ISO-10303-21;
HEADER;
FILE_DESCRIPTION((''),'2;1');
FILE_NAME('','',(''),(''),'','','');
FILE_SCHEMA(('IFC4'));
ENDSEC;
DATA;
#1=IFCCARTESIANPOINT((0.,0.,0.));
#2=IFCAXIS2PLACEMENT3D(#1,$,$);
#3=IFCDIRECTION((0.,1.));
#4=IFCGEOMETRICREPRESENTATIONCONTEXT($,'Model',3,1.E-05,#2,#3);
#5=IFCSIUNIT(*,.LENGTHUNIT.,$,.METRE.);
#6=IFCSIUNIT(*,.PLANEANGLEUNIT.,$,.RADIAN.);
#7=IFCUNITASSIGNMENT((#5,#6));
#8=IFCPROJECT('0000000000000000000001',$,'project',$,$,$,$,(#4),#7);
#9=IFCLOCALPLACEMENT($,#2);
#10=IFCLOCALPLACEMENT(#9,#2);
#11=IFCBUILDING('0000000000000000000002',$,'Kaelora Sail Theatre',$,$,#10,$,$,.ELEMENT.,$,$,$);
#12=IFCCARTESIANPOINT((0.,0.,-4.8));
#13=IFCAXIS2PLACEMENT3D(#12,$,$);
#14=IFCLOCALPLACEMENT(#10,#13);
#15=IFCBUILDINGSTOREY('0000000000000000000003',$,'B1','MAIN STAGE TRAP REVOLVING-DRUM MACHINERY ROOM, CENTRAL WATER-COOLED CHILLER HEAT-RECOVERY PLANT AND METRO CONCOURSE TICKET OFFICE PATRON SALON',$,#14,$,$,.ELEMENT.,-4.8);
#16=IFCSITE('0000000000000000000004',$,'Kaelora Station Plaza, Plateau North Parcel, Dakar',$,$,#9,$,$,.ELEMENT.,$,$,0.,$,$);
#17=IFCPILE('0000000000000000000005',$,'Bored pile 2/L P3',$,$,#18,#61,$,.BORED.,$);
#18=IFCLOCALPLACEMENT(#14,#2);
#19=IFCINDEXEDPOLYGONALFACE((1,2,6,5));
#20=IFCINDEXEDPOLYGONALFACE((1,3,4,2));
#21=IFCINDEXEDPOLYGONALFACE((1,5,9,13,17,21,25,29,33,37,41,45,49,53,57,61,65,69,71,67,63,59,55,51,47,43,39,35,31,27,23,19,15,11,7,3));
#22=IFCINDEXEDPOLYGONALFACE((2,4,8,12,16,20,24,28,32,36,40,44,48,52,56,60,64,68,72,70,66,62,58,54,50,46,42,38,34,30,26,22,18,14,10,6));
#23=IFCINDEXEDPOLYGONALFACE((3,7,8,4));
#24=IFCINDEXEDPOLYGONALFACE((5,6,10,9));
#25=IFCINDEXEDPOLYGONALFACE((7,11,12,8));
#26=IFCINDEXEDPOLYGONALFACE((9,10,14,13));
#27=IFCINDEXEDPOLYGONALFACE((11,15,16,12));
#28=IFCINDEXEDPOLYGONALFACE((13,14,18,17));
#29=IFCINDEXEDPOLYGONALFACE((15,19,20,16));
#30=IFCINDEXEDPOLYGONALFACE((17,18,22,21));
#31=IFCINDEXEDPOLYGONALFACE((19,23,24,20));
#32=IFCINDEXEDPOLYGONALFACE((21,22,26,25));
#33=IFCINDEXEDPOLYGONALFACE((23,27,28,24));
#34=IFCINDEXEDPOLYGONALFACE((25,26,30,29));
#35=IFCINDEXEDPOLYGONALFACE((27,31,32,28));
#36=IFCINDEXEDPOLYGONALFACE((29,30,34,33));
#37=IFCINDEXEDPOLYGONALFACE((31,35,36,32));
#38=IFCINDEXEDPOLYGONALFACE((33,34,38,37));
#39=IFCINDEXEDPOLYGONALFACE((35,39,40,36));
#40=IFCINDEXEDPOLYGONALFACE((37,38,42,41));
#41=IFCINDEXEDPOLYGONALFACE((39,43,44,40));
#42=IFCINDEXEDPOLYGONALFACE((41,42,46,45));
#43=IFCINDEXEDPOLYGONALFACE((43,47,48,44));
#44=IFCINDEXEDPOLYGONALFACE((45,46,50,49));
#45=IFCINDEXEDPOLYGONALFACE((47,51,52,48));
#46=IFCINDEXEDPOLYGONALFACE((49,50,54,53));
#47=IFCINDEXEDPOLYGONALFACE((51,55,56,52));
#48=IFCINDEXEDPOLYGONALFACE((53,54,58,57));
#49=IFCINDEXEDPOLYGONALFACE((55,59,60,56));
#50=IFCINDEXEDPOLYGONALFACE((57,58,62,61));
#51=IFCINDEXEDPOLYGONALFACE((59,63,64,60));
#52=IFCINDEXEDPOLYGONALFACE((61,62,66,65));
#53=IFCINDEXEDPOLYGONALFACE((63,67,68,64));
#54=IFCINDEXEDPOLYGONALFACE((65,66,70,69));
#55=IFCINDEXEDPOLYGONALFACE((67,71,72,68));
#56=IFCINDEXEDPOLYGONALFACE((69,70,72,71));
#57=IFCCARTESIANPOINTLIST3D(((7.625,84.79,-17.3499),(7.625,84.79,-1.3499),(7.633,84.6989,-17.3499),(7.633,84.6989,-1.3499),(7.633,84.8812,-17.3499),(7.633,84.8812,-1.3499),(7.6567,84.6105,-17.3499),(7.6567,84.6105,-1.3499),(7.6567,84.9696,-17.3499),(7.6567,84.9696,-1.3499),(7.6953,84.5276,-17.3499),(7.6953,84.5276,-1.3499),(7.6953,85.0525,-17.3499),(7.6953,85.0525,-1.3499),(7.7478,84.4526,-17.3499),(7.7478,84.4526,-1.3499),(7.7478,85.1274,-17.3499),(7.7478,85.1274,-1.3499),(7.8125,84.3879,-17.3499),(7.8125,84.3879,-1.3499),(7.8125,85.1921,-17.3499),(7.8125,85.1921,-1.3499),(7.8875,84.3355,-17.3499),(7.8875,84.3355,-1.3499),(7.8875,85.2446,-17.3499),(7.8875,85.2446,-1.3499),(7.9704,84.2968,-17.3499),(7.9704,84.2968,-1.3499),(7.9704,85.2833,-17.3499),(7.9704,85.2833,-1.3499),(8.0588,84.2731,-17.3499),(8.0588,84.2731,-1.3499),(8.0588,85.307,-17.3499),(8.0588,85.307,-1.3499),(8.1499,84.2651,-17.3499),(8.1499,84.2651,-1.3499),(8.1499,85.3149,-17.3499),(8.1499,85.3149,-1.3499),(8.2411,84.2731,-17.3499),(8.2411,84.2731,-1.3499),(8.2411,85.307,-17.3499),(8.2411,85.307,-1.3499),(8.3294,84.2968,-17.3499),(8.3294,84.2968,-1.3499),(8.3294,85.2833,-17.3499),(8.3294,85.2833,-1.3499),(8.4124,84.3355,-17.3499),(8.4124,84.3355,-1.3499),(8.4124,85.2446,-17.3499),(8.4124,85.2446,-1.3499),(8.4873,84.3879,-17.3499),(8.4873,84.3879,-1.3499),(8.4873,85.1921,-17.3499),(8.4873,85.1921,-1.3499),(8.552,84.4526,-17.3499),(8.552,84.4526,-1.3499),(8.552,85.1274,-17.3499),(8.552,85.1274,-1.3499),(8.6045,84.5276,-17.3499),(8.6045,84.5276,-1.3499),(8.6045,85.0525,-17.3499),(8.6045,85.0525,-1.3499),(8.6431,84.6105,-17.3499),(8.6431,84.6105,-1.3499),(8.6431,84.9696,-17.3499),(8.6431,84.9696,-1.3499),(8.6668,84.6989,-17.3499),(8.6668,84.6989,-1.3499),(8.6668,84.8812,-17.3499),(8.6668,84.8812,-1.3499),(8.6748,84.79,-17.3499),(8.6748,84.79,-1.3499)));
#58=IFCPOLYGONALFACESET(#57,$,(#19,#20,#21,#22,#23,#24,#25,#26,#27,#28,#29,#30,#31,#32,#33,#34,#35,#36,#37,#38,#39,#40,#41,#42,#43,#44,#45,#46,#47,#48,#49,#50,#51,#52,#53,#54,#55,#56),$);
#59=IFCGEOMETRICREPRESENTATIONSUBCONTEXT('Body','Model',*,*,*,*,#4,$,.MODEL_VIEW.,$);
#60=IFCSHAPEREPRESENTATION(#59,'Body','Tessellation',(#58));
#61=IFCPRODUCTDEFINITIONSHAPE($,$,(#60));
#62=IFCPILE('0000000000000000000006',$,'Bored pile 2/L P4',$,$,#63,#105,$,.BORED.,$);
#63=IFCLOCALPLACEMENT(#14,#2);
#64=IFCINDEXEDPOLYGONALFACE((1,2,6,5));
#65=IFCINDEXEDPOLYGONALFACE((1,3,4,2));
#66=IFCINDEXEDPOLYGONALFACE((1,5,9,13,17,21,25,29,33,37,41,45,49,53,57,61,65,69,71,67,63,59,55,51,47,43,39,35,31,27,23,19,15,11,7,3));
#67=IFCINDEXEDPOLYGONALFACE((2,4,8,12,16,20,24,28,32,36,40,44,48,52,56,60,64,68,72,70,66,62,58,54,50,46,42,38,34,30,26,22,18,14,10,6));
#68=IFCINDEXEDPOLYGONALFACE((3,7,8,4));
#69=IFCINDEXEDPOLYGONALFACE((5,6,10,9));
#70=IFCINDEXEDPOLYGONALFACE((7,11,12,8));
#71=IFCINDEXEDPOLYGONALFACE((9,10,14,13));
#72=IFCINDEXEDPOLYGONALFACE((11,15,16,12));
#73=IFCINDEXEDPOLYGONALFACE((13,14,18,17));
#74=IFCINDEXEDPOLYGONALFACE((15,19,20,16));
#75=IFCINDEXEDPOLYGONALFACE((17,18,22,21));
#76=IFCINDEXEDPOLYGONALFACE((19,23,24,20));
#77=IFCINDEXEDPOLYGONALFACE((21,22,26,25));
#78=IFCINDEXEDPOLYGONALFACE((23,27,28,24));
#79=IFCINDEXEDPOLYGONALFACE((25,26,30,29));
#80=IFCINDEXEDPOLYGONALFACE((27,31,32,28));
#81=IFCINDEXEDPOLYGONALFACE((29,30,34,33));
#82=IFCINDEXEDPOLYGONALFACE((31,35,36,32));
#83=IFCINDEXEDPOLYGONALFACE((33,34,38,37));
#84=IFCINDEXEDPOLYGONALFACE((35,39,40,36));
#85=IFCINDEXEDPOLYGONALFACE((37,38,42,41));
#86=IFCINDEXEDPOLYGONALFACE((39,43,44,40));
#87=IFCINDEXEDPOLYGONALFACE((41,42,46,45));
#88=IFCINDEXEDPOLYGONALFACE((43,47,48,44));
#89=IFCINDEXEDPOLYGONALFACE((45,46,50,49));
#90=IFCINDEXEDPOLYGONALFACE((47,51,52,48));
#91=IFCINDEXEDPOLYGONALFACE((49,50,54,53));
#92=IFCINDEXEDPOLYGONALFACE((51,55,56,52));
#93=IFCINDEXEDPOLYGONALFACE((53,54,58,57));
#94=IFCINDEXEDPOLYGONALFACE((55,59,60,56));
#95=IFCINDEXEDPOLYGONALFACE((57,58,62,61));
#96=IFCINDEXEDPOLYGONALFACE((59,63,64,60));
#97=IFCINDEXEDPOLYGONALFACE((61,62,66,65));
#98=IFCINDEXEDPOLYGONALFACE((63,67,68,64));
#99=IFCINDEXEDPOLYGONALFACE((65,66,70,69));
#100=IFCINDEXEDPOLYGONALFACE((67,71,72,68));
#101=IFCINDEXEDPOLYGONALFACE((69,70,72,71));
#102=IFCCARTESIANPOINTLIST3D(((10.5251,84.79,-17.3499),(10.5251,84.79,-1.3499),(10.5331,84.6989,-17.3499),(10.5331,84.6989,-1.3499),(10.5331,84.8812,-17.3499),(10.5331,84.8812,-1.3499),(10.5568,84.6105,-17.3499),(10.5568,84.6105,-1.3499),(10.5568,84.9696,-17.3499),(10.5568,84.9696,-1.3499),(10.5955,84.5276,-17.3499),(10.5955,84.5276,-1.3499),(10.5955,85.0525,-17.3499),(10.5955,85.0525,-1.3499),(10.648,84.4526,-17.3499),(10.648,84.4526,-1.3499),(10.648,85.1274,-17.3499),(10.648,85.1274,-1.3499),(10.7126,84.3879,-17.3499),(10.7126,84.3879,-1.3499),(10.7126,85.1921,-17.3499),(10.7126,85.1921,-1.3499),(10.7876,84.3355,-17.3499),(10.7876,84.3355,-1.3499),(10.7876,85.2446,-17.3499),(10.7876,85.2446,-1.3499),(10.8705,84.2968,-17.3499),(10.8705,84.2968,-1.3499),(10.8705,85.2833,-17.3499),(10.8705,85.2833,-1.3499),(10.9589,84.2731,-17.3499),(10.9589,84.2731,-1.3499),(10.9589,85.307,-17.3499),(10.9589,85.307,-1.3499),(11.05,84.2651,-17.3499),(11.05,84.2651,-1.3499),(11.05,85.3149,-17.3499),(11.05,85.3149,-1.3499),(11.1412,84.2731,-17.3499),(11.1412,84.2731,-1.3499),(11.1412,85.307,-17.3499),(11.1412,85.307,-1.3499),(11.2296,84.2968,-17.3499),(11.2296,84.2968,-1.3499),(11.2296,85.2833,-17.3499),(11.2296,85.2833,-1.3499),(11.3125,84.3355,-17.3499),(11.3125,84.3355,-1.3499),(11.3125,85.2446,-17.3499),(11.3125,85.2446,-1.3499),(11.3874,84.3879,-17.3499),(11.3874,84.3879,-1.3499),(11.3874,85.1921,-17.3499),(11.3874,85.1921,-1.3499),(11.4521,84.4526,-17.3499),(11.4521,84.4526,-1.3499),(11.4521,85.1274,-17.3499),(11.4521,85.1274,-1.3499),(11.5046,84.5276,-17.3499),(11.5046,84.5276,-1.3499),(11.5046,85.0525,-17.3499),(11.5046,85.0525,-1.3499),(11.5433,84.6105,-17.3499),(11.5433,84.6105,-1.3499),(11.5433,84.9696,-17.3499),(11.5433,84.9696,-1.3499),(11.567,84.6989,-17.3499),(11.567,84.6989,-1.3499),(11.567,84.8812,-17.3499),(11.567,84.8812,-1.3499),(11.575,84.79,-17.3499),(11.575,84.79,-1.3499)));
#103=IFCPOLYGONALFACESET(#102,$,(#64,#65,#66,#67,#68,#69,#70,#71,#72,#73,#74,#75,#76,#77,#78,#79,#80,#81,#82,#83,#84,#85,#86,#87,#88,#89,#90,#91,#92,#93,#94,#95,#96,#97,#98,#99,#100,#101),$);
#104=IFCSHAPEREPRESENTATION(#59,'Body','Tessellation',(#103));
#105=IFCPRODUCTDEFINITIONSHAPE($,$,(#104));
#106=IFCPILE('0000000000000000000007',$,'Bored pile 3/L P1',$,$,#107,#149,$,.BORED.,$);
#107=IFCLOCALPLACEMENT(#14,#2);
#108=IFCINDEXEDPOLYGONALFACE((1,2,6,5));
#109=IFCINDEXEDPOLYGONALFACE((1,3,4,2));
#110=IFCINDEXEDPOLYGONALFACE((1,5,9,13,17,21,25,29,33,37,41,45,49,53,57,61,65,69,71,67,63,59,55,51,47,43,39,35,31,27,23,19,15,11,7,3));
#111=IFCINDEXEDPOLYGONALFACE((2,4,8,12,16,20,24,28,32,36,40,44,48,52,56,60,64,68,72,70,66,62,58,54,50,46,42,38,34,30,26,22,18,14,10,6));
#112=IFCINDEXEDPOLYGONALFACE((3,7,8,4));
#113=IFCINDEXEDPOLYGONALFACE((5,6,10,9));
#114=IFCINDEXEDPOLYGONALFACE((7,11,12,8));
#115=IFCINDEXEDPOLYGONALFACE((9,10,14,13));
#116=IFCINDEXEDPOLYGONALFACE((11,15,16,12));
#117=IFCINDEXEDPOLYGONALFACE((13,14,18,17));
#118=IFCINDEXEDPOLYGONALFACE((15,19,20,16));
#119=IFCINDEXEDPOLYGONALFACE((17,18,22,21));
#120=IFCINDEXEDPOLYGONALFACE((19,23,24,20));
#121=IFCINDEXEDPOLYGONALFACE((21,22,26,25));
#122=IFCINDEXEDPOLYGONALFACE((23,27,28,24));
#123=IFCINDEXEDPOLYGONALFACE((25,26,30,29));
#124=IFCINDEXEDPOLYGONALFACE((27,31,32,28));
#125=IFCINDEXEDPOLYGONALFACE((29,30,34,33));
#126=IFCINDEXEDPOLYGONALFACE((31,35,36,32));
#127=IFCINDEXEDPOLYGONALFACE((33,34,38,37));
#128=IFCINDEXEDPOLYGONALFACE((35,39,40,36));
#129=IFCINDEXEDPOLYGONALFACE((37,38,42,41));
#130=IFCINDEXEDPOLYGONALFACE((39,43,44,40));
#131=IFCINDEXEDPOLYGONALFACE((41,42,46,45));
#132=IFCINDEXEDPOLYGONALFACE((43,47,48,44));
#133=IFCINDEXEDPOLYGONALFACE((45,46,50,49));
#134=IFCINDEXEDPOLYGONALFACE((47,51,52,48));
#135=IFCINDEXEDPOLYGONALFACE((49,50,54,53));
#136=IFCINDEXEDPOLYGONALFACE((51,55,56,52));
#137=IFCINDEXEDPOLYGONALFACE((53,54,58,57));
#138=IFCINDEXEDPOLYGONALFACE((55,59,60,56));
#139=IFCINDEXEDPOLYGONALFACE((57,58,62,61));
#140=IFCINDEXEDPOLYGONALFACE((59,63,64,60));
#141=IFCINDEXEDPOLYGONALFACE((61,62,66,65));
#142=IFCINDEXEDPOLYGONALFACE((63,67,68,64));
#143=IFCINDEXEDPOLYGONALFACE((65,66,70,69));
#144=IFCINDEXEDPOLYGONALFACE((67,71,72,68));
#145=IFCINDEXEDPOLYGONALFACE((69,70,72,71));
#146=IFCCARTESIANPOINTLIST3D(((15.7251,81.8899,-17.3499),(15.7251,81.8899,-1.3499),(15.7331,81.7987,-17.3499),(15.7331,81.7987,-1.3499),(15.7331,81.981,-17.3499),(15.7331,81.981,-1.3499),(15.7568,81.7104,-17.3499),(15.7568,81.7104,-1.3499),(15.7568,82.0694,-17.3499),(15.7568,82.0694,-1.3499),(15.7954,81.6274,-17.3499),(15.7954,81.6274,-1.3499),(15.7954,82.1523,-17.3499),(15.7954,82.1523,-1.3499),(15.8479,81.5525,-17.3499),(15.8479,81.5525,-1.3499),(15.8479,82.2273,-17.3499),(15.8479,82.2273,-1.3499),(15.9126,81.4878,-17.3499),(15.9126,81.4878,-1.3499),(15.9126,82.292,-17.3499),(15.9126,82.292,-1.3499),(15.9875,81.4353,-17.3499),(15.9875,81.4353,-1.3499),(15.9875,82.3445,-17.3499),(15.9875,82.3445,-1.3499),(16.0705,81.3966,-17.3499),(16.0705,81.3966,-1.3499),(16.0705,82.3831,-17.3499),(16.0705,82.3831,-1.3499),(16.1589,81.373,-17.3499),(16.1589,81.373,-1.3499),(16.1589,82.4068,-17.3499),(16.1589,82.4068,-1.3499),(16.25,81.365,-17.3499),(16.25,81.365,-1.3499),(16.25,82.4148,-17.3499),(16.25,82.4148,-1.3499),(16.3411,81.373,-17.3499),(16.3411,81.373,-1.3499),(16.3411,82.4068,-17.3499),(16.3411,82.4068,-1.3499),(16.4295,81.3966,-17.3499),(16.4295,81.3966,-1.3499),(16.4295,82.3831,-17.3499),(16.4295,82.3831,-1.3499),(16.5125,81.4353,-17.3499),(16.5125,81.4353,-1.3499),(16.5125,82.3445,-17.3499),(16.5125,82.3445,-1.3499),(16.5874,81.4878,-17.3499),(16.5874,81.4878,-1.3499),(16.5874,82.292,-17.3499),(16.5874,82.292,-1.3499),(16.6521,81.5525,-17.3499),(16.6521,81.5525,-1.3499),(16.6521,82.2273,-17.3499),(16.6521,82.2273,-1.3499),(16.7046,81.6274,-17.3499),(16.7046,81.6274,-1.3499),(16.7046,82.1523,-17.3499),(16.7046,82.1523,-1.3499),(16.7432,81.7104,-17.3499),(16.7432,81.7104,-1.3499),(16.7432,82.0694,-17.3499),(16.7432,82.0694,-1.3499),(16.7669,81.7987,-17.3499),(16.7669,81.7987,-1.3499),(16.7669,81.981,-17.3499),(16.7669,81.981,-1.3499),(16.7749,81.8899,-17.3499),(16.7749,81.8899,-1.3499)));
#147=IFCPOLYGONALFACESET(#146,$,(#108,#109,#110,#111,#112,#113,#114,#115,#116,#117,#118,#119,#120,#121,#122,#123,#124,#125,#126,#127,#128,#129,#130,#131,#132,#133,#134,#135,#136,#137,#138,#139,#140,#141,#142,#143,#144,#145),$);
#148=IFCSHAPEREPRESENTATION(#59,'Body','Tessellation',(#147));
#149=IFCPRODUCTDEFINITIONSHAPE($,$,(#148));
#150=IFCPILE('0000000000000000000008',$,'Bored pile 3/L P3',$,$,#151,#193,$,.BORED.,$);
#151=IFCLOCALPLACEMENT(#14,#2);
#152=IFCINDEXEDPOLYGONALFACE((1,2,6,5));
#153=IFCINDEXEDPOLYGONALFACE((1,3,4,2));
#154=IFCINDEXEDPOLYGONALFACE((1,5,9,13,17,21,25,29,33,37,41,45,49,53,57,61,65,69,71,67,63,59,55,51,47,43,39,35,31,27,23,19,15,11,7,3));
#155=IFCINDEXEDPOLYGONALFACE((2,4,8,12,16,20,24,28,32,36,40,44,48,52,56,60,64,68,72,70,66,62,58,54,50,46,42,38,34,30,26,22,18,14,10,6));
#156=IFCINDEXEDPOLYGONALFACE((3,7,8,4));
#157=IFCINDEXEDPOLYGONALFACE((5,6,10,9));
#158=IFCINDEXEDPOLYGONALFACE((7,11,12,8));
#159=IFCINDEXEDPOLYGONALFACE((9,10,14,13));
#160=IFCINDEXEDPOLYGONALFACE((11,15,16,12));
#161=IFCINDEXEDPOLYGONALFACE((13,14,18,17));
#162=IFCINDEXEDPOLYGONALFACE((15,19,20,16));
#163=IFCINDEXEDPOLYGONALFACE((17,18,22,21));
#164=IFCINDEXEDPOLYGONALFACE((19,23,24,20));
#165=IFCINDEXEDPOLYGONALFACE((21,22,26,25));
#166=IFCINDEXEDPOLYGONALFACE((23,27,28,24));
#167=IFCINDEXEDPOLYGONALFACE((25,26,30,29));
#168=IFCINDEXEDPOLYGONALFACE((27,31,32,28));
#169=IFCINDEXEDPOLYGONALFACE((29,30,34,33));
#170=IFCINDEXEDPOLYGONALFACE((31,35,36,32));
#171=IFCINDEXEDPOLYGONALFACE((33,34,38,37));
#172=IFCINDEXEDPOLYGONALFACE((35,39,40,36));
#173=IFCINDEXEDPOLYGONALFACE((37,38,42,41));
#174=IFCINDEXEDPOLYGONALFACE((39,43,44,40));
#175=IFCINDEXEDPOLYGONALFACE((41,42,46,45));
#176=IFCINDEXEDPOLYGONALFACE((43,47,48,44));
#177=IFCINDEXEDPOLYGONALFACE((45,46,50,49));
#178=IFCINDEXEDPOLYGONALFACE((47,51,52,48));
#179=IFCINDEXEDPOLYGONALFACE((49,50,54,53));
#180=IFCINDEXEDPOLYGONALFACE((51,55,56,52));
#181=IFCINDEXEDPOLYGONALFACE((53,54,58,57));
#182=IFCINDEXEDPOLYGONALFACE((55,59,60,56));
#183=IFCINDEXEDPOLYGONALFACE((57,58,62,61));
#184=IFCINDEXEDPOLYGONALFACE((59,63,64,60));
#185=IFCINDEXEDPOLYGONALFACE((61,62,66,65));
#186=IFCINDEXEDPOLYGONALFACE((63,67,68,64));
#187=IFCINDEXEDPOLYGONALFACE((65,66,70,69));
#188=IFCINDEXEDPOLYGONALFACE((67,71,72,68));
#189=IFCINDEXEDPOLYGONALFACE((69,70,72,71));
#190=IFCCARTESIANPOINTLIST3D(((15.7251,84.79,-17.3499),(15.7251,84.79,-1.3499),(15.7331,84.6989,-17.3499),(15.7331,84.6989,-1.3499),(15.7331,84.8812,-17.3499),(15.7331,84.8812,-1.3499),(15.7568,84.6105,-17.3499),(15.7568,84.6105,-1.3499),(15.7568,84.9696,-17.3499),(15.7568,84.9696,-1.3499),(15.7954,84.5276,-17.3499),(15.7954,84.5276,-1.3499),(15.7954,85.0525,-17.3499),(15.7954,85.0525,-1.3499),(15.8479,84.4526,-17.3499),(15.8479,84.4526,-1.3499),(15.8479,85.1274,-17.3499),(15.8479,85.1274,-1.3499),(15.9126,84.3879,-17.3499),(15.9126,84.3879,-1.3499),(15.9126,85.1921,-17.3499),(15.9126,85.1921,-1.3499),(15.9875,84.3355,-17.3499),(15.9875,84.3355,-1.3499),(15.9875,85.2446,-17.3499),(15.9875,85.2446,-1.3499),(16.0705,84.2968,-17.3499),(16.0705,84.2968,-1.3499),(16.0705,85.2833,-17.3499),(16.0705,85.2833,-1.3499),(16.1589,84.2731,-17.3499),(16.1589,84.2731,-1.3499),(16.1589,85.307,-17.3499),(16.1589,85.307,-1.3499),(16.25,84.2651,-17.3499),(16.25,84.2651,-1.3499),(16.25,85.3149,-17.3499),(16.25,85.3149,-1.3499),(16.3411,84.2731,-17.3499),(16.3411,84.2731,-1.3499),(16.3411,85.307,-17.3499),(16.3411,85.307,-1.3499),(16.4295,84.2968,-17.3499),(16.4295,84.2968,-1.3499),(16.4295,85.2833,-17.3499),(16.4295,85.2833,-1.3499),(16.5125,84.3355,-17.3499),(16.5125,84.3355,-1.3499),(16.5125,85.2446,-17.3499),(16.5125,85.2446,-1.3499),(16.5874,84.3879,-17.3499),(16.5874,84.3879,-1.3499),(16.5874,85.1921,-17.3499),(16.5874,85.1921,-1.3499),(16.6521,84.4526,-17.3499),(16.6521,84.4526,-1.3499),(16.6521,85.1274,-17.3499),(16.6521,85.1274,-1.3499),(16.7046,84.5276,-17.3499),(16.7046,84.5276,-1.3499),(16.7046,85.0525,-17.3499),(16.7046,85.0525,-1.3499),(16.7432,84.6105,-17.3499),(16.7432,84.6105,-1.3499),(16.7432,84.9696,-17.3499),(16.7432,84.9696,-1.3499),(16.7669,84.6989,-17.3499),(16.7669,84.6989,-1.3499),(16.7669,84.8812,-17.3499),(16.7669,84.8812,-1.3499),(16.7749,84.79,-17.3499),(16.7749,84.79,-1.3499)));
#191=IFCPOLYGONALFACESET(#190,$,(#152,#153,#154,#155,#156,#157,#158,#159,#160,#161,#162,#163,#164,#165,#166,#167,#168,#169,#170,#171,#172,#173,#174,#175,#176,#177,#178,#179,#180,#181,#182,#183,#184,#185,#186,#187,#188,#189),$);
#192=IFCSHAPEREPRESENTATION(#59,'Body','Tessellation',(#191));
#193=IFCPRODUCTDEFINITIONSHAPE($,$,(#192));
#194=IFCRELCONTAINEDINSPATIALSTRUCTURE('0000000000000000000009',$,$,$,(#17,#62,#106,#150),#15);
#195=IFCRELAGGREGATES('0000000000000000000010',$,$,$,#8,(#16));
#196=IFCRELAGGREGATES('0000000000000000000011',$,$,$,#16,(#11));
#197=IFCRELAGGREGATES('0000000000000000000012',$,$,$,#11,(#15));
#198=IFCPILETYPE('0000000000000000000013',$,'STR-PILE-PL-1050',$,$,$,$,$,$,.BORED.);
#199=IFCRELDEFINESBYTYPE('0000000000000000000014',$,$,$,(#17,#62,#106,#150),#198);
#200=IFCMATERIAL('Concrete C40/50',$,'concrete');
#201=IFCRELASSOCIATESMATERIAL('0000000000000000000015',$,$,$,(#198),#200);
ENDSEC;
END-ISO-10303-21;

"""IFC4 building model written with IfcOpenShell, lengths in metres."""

from ifc_helpers import new_model, si_unit, direction, frame, origin, origin_2d, place, context, subcontext, project, spatial, circle, extrude, material, material_profile, profile_set, type_object, element, save


model = new_model("IFC4")

# Units and contexts
model_context = context("Model", 3, precision=1e-05, world=origin(), true_north=direction((0.0, 1.0)))
body_context = subcontext(model_context, "Body", "Model", "MODEL_VIEW")
ifc_project = project(units=[si_unit("LENGTHUNIT", "METRE"), si_unit("PLANEANGLEUNIT", "RADIAN")], contexts=[model_context])

# Site, building, storey
site_placement = place(None, origin())
site = spatial("IfcSite", under=ifc_project, at=site_placement, Name="Kaelora Station Plaza, Plateau North Parcel, Dakar", CompositionType="ELEMENT", RefElevation=0.0)
building_placement = place(site_placement, origin())
building = spatial("IfcBuilding", under=site, at=building_placement, Name="Kaelora Sail Theatre", CompositionType="ELEMENT")
storey_placement = place(building_placement, frame((0.0, 0.0, -4.8)))
storey = spatial("IfcBuildingStorey", under=building, at=storey_placement, Name="B1", Description="MAIN STAGE TRAP REVOLVING-DRUM MACHINERY ROOM, CENTRAL WATER-COOLED CHILLER HEAT-RECOVERY PLANT AND METRO CONCOURSE TICKET OFFICE PATRON SALON", CompositionType="ELEMENT", Elevation=-4.8)

# Piles
ifc_material_1 = material(Name="Concrete C40/50", Category="concrete")
ifc_material_profile_1 = material_profile(ifc_material_1, circle(Radius=0.5249, at=origin_2d()), Name="PILE D1050")
ifc_profile_set_1 = profile_set([ifc_material_profile_1], Name="Concrete C40/50")
pile_type_1 = type_object("IfcPileType", Name="STR-PILE-PL-1050", PredefinedType="BORED", material=ifc_profile_set_1)
for number, where, z_axis, x_axis, name in (
    (1, (8.1499, 84.79, -1.3499), (0.0, 0.0, -1.0), (1.0, 0.0, 0.0), "Bored pile 2/L P3"),
    (2, (11.05, 84.79, -1.3499), (0.0, 0.0, -1.0), (1.0, 0.0, 0.0), "Bored pile 2/L P4"),
    (3, (16.25, 81.8899, -1.3499), (0.0, 0.0, -1.0), (1.0, 0.0, 0.0), "Bored pile 3/L P1"),
    (4, (16.25, 84.79, -1.3499), (0.0, 0.0, -1.0), (1.0, 0.0, 0.0), "Bored pile 3/L P3"),
):
    element("IfcPile", number, at=place(storey_placement, frame(where, z_axis=z_axis, x_axis=x_axis)), inside=storey, type_object=pile_type_1, Name=name, PredefinedType="BORED", context=body_context, shape_type="SweptSolid", body=[
        extrude(circle(Radius=0.5249, at=origin_2d()), origin(), (0.0, 0.0, 1.0), 16.0),
    ])

save(model, "model.ifc")
